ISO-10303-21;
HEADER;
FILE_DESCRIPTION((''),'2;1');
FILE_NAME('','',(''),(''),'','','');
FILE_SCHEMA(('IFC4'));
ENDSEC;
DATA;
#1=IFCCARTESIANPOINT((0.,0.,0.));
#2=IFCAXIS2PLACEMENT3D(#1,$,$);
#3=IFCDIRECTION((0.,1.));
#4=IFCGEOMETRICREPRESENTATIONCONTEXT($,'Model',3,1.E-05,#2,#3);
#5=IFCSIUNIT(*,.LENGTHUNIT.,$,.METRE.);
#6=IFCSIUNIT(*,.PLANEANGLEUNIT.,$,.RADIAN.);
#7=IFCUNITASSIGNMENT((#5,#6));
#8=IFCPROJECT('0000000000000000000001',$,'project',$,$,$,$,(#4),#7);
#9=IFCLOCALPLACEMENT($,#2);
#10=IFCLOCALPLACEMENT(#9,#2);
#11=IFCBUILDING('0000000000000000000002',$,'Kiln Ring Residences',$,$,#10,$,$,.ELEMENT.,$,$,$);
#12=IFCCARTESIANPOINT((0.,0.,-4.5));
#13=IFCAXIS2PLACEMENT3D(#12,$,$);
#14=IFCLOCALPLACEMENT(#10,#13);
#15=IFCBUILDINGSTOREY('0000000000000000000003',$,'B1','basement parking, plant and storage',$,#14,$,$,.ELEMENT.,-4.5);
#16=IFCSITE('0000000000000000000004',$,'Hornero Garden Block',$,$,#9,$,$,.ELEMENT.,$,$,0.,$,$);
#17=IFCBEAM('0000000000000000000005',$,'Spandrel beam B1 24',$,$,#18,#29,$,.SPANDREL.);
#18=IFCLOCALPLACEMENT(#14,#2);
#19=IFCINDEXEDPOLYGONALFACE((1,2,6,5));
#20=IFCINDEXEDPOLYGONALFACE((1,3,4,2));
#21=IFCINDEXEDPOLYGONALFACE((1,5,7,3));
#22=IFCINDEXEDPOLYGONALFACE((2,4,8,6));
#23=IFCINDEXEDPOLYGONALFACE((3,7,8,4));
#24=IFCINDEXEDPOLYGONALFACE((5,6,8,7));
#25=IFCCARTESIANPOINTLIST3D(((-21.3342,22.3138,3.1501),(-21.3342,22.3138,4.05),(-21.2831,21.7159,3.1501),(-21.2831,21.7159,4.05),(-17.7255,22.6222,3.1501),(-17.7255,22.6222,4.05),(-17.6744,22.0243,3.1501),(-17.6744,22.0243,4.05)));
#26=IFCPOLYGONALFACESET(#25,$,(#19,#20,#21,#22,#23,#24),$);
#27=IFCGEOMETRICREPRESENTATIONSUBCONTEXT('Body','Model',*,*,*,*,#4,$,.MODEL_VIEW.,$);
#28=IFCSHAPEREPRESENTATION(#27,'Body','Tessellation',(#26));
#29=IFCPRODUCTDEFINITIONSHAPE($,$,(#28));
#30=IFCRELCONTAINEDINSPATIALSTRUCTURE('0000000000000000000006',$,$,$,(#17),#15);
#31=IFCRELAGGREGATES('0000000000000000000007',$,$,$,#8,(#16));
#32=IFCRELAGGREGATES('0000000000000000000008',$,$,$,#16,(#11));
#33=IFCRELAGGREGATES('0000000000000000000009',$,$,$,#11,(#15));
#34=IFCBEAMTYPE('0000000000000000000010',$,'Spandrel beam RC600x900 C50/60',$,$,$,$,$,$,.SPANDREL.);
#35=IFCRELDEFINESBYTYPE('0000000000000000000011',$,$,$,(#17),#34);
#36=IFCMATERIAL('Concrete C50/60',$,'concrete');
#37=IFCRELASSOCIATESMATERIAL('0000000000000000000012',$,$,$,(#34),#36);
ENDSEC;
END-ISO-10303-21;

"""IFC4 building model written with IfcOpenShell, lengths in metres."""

from ifc_helpers import new_model, si_unit, direction, frame, origin, origin_2d, place, context, subcontext, project, spatial, rectangle, extrude, material, material_profile, profile_set, type_object, element, save


model = new_model("IFC4")

# Units and contexts
model_context = context("Model", 3, precision=1e-05, world=origin(), true_north=direction((0.0, 1.0)))
body_context = subcontext(model_context, "Body", "Model", "MODEL_VIEW")
ifc_project = project(units=[si_unit("LENGTHUNIT", "METRE"), si_unit("PLANEANGLEUNIT", "RADIAN")], contexts=[model_context])

# Site, building, storey
site_placement = place(None, origin())
site = spatial("IfcSite", under=ifc_project, at=site_placement, Name="Hornero Garden Block", CompositionType="ELEMENT", RefElevation=0.0)
building_placement = place(site_placement, origin())
building = spatial("IfcBuilding", under=site, at=building_placement, Name="Kiln Ring Residences", CompositionType="ELEMENT")
storey_placement = place(building_placement, frame((0.0, 0.0, -4.5)))
storey = spatial("IfcBuildingStorey", under=building, at=storey_placement, Name="B1", Description="basement parking, plant and storage", CompositionType="ELEMENT", Elevation=-4.5)

# Beam
ifc_material_1 = material(Name="Concrete C50/60", Category="concrete")
ifc_material_profile_1 = material_profile(ifc_material_1, rectangle(XDim=0.6001, YDim=0.8999, at=origin_2d()), Name="RC600x900")
ifc_profile_set_1 = profile_set([ifc_material_profile_1], Name="Concrete C50/60")
beam_type = type_object("IfcBeamType", Name="Spandrel beam RC600x900 C50/60", PredefinedType="SPANDREL", material=ifc_profile_set_1)
beam_1_placement = place(storey_placement, frame((-17.7, 22.3232, 3.6001), z_axis=(-0.996369, -0.085137, 0.0), x_axis=(0.085137, -0.996369, 0.0)))
element("IfcBeam", 1, at=beam_1_placement, inside=storey, type_object=beam_type, Name="Spandrel beam B1 24", PredefinedType="SPANDREL", context=body_context, shape_type="SweptSolid", body=[
    extrude(rectangle(XDim=0.6001, YDim=0.8999, at=origin_2d()), origin(), (0.0, 0.0, 1.0), 3.6218),
])

save(model, "model.ifc")
